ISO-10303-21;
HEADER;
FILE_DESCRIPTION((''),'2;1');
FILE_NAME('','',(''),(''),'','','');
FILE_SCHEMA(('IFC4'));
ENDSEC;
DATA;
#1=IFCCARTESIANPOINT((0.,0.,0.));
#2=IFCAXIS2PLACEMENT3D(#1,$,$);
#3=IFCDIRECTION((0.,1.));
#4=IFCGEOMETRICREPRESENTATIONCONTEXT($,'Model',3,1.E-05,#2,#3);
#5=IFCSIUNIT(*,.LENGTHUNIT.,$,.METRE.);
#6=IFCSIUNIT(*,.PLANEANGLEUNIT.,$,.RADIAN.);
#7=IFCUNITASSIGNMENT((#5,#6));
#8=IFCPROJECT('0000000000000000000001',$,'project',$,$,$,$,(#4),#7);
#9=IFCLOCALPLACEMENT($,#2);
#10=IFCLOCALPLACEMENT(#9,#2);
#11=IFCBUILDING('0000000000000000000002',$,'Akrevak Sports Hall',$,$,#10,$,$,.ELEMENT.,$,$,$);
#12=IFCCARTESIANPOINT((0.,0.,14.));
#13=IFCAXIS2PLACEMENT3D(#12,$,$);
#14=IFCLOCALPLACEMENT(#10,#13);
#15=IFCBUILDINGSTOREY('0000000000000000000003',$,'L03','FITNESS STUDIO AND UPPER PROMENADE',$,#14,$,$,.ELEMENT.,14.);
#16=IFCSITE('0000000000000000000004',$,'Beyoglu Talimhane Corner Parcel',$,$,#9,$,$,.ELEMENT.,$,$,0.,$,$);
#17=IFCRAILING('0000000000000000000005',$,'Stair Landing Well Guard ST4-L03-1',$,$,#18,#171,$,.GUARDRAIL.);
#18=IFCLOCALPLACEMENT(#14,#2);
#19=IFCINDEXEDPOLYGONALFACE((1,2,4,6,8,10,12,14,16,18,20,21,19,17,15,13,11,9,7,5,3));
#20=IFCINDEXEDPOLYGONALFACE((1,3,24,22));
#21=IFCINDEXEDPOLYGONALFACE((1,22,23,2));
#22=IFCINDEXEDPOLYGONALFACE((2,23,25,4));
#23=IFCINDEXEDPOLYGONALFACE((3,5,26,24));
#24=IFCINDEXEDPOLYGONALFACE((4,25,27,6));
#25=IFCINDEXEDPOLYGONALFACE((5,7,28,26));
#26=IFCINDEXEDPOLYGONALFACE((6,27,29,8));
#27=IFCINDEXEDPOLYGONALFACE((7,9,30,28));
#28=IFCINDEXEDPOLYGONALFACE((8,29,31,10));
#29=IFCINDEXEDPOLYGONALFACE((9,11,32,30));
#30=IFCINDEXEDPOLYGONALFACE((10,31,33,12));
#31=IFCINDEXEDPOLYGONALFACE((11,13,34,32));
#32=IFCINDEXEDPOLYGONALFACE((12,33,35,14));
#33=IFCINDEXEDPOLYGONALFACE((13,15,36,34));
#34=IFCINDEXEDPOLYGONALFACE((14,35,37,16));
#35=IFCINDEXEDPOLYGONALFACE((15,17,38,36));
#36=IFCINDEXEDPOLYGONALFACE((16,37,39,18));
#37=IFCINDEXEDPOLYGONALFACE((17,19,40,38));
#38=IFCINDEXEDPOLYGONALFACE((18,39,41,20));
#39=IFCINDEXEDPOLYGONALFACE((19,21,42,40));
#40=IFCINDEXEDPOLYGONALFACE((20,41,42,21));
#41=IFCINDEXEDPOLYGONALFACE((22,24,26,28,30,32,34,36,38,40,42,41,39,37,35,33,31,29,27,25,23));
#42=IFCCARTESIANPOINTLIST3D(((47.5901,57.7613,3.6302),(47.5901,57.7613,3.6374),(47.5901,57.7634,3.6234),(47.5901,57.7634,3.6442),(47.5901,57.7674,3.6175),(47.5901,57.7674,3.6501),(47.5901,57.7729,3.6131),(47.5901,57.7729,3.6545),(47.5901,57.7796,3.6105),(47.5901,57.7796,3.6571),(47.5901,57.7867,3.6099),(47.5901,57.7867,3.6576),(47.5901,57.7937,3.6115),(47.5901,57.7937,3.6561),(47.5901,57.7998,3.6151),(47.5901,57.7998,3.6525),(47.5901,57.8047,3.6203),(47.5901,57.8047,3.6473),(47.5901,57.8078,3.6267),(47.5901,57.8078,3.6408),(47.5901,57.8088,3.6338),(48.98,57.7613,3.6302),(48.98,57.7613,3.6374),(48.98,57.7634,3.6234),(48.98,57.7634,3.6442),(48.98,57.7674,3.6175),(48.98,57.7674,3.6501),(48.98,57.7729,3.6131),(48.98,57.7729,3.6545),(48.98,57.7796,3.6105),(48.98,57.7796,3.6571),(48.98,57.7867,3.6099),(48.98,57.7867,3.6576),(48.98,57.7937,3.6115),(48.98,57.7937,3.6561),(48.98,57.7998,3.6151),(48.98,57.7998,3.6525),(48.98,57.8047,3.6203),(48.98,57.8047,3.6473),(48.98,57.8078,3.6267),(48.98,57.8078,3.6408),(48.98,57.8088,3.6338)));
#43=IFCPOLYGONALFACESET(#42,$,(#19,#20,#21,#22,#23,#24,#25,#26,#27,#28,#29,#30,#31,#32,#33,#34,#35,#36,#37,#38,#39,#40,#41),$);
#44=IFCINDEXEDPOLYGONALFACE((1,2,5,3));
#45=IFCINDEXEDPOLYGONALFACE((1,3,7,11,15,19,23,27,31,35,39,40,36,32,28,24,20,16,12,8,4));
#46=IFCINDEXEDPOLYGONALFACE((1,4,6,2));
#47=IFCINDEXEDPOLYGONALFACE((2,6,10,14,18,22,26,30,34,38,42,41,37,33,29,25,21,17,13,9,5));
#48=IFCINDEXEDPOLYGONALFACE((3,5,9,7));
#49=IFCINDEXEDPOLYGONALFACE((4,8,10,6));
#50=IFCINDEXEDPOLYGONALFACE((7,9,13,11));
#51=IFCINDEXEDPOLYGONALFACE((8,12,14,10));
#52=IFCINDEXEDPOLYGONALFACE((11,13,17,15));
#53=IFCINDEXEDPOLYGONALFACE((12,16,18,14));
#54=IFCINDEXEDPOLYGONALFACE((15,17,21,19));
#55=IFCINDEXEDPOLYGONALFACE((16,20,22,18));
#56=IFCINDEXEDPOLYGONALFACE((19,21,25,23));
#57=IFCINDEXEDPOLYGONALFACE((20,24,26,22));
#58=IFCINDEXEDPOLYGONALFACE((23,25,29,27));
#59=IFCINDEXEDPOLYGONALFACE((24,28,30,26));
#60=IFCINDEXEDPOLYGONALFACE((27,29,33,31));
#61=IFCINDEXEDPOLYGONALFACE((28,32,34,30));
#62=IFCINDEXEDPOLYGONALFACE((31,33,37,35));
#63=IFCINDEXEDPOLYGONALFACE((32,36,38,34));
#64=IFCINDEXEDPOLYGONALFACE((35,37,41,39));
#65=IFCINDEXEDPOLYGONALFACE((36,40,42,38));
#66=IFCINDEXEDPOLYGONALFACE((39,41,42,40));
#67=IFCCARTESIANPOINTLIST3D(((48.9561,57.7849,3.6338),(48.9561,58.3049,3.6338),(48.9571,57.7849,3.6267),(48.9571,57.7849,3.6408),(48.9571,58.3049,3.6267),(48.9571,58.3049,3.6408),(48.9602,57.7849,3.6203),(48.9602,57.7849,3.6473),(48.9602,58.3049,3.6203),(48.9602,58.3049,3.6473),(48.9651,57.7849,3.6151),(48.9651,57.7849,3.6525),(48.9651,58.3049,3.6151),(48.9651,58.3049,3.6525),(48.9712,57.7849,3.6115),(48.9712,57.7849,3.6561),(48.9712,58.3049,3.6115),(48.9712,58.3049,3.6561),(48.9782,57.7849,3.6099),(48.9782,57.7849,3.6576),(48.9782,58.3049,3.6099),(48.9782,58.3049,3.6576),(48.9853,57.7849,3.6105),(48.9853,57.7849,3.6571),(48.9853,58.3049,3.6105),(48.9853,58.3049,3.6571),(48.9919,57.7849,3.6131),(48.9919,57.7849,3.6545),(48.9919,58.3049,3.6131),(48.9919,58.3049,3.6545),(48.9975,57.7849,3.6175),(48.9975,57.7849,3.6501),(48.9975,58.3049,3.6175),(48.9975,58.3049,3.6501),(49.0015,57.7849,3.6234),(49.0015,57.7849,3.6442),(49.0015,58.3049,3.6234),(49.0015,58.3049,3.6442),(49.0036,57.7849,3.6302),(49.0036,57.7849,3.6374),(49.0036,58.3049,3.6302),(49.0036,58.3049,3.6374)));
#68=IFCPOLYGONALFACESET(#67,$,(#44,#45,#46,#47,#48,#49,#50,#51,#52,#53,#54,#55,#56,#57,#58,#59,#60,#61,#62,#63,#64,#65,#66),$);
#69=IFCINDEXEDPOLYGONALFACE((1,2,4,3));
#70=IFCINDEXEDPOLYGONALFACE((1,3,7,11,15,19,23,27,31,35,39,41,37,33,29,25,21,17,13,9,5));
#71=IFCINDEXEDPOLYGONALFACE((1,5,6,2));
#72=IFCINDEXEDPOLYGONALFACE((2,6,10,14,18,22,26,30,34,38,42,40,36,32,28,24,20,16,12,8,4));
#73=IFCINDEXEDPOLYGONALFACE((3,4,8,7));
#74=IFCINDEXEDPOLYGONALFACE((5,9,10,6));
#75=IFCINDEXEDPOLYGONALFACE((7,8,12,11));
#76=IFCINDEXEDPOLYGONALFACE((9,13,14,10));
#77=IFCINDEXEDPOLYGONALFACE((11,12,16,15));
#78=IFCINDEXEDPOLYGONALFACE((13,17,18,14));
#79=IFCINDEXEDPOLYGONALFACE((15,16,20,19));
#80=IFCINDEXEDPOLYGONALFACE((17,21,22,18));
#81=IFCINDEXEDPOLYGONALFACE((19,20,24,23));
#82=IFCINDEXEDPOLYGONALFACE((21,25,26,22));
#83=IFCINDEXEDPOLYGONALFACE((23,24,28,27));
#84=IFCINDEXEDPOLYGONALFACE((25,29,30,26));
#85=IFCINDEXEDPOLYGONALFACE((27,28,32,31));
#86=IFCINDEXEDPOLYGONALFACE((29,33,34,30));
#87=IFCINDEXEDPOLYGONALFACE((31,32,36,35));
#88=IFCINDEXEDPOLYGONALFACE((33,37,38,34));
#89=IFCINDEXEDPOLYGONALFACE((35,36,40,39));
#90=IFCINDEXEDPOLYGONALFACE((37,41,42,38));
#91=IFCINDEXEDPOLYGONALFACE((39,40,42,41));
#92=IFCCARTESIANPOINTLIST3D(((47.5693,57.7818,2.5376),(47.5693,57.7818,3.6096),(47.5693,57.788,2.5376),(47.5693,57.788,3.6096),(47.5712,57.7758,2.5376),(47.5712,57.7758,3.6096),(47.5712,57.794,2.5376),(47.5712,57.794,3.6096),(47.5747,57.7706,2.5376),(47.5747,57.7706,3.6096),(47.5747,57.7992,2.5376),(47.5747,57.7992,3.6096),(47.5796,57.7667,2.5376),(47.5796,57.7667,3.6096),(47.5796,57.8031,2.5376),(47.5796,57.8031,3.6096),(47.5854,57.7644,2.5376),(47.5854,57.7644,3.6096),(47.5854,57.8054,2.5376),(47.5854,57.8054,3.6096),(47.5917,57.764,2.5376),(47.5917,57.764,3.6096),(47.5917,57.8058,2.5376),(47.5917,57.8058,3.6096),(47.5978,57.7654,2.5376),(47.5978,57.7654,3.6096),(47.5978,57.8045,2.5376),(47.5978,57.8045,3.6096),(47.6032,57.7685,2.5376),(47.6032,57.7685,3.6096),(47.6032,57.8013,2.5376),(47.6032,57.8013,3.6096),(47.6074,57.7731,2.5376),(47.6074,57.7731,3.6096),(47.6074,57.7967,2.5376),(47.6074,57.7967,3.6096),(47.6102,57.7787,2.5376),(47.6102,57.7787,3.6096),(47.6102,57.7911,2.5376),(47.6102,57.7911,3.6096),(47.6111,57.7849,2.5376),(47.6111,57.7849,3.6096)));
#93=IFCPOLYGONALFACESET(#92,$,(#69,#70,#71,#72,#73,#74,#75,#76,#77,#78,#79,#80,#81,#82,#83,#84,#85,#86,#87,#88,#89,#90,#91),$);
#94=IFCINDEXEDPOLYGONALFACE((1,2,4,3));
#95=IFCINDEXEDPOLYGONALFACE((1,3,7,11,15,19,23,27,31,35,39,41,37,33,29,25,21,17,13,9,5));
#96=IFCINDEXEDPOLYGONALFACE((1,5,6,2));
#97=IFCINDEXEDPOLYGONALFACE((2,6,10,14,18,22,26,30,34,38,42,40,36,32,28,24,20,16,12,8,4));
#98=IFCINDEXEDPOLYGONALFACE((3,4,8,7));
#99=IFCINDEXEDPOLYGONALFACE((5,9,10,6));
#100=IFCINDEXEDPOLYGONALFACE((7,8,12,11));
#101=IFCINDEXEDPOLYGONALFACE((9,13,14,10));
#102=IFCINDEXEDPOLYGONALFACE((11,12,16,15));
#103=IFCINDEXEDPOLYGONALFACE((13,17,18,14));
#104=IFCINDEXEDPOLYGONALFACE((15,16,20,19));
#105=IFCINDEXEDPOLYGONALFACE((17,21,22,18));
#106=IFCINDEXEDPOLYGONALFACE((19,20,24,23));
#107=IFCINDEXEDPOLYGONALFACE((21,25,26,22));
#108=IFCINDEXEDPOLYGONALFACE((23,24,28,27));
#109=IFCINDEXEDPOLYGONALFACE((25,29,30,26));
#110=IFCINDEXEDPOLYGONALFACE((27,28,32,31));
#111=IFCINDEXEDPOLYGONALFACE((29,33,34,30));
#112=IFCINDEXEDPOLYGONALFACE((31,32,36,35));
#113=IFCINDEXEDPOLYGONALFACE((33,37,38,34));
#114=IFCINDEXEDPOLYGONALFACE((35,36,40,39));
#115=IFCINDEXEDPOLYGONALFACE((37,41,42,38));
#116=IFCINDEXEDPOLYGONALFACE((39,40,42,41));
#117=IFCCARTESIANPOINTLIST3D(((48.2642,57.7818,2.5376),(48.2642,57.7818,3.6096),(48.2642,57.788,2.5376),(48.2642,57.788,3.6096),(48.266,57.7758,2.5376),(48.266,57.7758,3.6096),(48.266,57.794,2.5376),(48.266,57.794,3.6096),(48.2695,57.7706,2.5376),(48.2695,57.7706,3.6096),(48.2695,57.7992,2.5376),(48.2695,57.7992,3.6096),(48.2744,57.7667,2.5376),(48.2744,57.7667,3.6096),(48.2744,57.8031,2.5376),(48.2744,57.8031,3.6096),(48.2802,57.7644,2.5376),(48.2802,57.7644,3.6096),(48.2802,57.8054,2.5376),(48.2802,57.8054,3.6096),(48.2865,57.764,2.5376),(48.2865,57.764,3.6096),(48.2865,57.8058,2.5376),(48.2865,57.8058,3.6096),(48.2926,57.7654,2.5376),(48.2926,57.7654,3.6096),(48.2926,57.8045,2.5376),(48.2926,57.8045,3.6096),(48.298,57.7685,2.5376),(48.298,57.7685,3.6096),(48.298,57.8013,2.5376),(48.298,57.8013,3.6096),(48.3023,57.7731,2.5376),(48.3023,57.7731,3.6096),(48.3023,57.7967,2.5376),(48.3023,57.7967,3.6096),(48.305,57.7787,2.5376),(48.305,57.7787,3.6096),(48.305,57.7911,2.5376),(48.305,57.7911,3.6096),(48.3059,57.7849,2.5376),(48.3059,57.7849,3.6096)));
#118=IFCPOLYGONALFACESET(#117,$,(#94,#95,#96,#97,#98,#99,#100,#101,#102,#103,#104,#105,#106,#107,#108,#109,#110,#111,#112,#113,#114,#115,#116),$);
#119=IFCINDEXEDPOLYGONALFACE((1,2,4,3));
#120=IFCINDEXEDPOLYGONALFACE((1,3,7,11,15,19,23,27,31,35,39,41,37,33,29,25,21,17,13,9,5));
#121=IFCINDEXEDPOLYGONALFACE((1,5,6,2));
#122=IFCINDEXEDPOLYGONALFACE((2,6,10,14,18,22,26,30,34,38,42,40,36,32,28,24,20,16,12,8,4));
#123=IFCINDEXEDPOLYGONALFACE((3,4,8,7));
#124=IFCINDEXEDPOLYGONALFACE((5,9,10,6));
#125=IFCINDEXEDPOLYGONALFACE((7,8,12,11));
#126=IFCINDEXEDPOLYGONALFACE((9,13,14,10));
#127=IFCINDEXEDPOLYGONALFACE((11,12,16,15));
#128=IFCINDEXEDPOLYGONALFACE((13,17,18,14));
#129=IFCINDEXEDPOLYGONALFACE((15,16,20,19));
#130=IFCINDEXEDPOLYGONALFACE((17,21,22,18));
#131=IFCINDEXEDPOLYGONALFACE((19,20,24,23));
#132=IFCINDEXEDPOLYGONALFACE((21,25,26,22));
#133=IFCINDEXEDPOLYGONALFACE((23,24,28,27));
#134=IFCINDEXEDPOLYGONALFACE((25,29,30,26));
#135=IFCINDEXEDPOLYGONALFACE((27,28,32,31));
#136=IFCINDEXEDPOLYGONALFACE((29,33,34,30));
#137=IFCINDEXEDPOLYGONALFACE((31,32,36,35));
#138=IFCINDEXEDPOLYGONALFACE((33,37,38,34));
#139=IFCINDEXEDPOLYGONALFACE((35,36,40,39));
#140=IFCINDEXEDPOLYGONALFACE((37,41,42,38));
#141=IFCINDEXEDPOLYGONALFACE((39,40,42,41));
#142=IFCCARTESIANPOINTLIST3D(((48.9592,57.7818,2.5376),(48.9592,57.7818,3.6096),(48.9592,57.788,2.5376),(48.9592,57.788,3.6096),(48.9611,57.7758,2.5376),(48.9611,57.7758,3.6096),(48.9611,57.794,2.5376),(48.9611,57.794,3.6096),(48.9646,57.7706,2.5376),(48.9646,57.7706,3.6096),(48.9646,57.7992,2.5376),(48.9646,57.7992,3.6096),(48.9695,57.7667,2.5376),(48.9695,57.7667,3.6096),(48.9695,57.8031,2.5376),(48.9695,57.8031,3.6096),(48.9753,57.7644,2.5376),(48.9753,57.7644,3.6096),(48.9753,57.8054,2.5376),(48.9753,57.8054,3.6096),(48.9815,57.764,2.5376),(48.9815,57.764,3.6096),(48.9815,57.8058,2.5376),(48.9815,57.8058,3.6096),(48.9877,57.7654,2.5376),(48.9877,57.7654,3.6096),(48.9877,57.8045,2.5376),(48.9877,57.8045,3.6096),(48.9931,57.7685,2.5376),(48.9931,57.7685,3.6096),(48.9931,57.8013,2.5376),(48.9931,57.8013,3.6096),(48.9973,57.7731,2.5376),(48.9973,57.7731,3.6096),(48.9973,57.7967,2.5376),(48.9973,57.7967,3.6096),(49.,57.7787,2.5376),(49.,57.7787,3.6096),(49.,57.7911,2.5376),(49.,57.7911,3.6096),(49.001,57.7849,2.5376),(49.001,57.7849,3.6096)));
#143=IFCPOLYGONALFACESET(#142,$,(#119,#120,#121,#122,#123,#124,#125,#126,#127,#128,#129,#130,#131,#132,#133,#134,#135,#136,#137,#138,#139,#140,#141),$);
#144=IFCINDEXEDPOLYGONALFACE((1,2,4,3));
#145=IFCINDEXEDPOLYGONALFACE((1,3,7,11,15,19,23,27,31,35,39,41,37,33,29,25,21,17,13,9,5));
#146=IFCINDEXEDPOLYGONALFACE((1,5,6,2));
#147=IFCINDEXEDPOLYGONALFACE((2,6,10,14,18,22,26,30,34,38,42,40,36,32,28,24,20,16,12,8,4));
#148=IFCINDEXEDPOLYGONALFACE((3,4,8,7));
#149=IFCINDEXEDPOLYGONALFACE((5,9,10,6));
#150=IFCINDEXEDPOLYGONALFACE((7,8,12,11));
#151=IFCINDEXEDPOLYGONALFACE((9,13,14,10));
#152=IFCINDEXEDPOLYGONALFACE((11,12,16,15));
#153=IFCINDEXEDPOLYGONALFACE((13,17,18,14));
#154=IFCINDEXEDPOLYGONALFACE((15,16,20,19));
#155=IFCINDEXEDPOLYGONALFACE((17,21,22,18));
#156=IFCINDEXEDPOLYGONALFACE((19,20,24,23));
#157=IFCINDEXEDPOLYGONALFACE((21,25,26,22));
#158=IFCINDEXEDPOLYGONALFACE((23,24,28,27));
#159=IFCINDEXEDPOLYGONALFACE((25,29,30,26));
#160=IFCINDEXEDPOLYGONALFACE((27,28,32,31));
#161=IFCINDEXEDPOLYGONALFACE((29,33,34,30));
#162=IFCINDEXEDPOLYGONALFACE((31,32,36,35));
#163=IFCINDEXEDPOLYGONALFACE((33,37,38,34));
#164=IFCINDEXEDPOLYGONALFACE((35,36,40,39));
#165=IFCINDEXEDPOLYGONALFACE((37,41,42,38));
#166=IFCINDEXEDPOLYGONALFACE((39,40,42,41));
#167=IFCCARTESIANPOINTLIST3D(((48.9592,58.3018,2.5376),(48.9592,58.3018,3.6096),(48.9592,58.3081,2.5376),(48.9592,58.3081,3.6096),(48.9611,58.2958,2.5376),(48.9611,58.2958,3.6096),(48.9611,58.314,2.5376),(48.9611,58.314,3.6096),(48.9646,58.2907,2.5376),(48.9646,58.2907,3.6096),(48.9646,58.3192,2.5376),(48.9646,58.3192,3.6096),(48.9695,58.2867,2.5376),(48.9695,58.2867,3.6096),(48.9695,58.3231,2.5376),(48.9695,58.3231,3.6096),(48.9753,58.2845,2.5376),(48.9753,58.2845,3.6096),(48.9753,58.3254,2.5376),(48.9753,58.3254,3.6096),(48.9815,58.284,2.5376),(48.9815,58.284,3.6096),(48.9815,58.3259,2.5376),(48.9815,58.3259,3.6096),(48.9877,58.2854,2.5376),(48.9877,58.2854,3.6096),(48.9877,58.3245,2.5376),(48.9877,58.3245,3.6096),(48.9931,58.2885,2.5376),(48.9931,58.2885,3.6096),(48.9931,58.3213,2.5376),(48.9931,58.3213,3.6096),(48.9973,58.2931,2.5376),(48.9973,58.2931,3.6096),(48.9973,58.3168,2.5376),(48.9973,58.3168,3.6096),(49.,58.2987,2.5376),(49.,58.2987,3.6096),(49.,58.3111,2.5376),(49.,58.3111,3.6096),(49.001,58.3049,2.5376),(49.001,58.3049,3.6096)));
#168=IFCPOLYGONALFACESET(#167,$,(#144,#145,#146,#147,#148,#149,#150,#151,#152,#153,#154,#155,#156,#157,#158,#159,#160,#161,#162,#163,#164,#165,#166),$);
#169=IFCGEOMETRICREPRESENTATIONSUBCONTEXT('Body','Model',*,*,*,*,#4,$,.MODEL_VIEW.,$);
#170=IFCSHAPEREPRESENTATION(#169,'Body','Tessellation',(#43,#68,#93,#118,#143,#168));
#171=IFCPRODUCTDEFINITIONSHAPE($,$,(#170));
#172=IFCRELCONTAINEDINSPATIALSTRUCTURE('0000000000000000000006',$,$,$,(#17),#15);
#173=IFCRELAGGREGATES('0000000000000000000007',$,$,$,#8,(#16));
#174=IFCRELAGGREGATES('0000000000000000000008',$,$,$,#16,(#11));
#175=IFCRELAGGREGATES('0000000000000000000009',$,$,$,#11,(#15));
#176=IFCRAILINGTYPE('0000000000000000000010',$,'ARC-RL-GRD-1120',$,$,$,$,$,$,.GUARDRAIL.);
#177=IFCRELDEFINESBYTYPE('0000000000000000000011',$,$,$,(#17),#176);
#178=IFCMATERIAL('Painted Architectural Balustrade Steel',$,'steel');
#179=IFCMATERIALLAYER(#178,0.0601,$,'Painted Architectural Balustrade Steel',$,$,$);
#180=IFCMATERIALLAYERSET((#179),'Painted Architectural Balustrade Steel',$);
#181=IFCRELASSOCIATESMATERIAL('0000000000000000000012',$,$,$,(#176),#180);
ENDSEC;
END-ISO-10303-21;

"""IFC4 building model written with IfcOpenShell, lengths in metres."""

from ifc_helpers import new_model, si_unit, direction, frame, origin, origin_2d, place, context, subcontext, project, spatial, circle, extrude, material, layer, layer_set, type_object, element, save


model = new_model("IFC4")

# Units and contexts
model_context = context("Model", 3, precision=1e-05, world=origin(), true_north=direction((0.0, 1.0)))
body_context = subcontext(model_context, "Body", "Model", "MODEL_VIEW")
ifc_project = project(units=[si_unit("LENGTHUNIT", "METRE"), si_unit("PLANEANGLEUNIT", "RADIAN")], contexts=[model_context])

# Site, building, storey
site_placement = place(None, origin())
site = spatial("IfcSite", under=ifc_project, at=site_placement, Name="Beyoglu Talimhane Corner Parcel", CompositionType="ELEMENT", RefElevation=0.0)
building_placement = place(site_placement, origin())
building = spatial("IfcBuilding", under=site, at=building_placement, Name="Akrevak Sports Hall", CompositionType="ELEMENT")
storey_placement = place(building_placement, frame((0.0, 0.0, 14.0)))
storey = spatial("IfcBuildingStorey", under=building, at=storey_placement, Name="L03", Description="FITNESS STUDIO AND UPPER PROMENADE", CompositionType="ELEMENT", Elevation=14.0)

# Railing
ifc_material_1 = material(Name="Painted Architectural Balustrade Steel", Category="steel")
ifc_layer_1 = layer(ifc_material_1, 0.0601, Name="Painted Architectural Balustrade Steel")
ifc_layer_set_1 = layer_set([ifc_layer_1], Name="Painted Architectural Balustrade Steel")
railing_type_1 = type_object("IfcRailingType", Name="ARC-RL-GRD-1120", PredefinedType="GUARDRAIL", material=ifc_layer_set_1)
railing_1_placement = place(storey_placement, frame((47.5901, 57.7849, 2.5376)))
element("IfcRailing", 1, at=railing_1_placement, inside=storey, type_object=railing_type_1, Name="Stair Landing Well Guard ST4-L03-1", PredefinedType="GUARDRAIL", context=body_context, shape_type="SweptSolid", body=[
    extrude(circle(Radius=0.0239, at=origin_2d()), frame((0.0, 0.0, 1.0962), z_axis=(1.0, 0.0, 0.0), x_axis=(0.0, 1.0, 0.0)), (0.0, 0.0, 1.0), 1.3899),
    extrude(circle(Radius=0.0239, at=origin_2d()), frame((1.3899, 0.0, 1.0962), z_axis=(0.0, 1.0, 0.0), x_axis=(-1.0, 0.0, 0.0)), (0.0, 0.0, 1.0), 0.52),
    extrude(circle(Radius=0.021, at=origin_2d()), origin(), (0.0, 0.0, 1.0), 1.072),
    extrude(circle(Radius=0.021, at=origin_2d()), frame((0.6948, 0.0, 0.0)), (0.0, 0.0, 1.0), 1.072),
    extrude(circle(Radius=0.021, at=origin_2d()), frame((1.3899, 0.0, 0.0)), (0.0, 0.0, 1.0), 1.072),
    extrude(circle(Radius=0.021, at=origin_2d()), frame((1.3899, 0.52, 0.0)), (0.0, 0.0, 1.0), 1.072),
])

save(model, "model.ifc")
